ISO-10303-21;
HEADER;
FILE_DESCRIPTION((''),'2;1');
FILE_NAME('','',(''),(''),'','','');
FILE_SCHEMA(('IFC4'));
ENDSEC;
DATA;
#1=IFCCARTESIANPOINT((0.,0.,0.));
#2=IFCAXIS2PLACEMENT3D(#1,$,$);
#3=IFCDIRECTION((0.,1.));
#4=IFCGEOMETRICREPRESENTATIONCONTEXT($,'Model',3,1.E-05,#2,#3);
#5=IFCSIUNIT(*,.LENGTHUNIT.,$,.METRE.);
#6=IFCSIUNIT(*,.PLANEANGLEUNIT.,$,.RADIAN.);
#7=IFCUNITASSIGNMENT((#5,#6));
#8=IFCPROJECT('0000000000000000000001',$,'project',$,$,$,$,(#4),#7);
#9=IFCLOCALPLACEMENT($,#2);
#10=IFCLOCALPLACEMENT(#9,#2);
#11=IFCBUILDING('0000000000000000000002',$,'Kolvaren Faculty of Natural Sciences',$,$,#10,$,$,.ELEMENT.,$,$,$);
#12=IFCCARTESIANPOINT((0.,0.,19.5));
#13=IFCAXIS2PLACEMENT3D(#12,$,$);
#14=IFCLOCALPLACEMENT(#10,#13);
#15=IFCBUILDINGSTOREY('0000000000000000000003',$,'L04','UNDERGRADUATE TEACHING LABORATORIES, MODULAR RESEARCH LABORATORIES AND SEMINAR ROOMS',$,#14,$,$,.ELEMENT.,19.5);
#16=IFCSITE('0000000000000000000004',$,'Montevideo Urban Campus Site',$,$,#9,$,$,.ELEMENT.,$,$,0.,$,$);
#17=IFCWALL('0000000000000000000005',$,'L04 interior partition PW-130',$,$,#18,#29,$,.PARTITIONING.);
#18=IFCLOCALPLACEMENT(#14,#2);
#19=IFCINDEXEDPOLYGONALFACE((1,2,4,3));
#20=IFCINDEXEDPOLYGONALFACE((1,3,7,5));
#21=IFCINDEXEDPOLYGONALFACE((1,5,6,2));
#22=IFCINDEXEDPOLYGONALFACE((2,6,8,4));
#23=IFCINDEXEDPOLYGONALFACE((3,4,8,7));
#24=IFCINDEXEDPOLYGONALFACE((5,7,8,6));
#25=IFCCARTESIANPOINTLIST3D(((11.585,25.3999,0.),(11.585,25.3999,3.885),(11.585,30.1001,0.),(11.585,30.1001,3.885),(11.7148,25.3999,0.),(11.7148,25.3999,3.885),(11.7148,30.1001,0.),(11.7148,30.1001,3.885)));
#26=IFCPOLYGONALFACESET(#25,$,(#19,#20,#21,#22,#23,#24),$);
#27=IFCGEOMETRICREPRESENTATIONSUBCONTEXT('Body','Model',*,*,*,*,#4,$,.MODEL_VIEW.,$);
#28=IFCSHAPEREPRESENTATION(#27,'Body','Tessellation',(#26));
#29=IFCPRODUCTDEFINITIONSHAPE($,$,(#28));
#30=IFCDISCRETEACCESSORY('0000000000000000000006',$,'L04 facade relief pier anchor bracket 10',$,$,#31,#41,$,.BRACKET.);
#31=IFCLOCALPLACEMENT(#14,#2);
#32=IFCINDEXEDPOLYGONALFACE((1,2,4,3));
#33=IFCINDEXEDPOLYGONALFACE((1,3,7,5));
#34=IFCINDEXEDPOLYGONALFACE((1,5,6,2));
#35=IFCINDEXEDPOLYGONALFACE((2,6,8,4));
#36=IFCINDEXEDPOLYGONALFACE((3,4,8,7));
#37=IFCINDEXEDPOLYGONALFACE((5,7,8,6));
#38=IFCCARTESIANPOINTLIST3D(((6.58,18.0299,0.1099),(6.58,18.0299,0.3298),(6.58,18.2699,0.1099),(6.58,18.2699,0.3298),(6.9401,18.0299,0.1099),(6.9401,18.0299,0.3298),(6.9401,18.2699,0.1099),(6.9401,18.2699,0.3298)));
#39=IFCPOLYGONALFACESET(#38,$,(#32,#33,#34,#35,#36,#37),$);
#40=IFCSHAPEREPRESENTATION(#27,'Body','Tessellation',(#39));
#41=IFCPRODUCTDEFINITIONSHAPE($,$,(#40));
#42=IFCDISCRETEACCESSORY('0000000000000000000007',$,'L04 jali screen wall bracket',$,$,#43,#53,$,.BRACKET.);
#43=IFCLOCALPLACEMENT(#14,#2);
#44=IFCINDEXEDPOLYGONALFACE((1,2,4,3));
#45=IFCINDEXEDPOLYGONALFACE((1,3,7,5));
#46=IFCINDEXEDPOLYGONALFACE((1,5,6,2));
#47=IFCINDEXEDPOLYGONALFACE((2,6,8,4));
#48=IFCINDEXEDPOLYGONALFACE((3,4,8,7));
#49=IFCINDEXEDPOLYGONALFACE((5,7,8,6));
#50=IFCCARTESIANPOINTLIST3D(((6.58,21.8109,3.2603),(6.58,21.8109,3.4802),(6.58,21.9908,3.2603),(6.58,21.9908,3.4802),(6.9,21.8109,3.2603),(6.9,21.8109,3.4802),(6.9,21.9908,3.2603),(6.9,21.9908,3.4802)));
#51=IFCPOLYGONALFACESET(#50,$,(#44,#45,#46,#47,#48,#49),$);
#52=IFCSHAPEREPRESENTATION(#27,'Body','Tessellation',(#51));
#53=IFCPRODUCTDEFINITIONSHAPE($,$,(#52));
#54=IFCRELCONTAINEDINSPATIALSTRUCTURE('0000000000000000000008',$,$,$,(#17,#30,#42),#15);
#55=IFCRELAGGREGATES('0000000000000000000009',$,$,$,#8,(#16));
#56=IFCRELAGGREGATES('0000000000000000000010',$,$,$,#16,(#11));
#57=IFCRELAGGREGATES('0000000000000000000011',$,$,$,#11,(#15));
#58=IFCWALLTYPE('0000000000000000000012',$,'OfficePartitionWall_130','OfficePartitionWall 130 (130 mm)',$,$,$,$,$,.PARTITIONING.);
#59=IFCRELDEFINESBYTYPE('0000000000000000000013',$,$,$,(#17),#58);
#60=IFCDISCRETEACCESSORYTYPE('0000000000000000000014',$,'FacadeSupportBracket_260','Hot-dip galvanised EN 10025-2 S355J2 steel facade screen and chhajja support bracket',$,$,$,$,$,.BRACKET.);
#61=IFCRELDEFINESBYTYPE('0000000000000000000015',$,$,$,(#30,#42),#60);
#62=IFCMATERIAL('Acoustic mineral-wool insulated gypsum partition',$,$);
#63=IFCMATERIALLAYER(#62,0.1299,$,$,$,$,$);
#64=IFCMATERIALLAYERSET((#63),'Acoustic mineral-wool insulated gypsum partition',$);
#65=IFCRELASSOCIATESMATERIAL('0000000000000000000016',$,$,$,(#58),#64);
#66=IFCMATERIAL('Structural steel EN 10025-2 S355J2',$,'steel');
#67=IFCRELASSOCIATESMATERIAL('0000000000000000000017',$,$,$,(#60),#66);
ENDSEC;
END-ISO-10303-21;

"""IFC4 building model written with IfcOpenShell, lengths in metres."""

from ifc_helpers import new_model, si_unit, direction, frame, frame_2d, origin, origin_2d, place, context, subcontext, project, spatial, rectangle, extrude, material, layer, layer_set, type_object, element, save


model = new_model("IFC4")

# Units and contexts
model_context = context("Model", 3, precision=1e-05, world=origin(), true_north=direction((0.0, 1.0)))
body_context = subcontext(model_context, "Body", "Model", "MODEL_VIEW")
ifc_project = project(units=[si_unit("LENGTHUNIT", "METRE"), si_unit("PLANEANGLEUNIT", "RADIAN")], contexts=[model_context])

# Site, building, storey
site_placement = place(None, origin())
site = spatial("IfcSite", under=ifc_project, at=site_placement, Name="Montevideo Urban Campus Site", CompositionType="ELEMENT", RefElevation=0.0)
building_placement = place(site_placement, origin())
building = spatial("IfcBuilding", under=site, at=building_placement, Name="Kolvaren Faculty of Natural Sciences", CompositionType="ELEMENT")
storey_placement = place(building_placement, frame((0.0, 0.0, 19.5)))
storey = spatial("IfcBuildingStorey", under=building, at=storey_placement, Name="L04", Description="UNDERGRADUATE TEACHING LABORATORIES, MODULAR RESEARCH LABORATORIES AND SEMINAR ROOMS", CompositionType="ELEMENT", Elevation=19.5)

# Shared definitions
ifc_material_1 = material(Name="Acoustic mineral-wool insulated gypsum partition")

# Wall
ifc_layer_1 = layer(ifc_material_1, 0.1299)
ifc_layer_set_1 = layer_set([ifc_layer_1], Name="Acoustic mineral-wool insulated gypsum partition")
wall_type_1 = type_object("IfcWallType", Name="OfficePartitionWall_130", Description="OfficePartitionWall 130 (130 mm)", PredefinedType="PARTITIONING", material=ifc_layer_set_1)
wall_1_placement = place(storey_placement, frame((11.6499, 25.3999, 0.0), z_axis=(0.0, 0.0, 1.0), x_axis=(0.0, 1.0, 0.0)))
element("IfcWall", 1, at=wall_1_placement, inside=storey, type_object=wall_type_1, Name="L04 interior partition PW-130", PredefinedType="PARTITIONING", context=body_context, shape_type="SweptSolid", body=[
    extrude(rectangle(XDim=4.7002, YDim=0.1299, at=frame_2d((2.3501, 0.0))), origin(), (0.0, 0.0, 1.0), 3.885),
])

# Discrete accessories
ifc_material_2 = material(Name="Structural steel EN 10025-2 S355J2", Category="steel")
discrete_accessory_type = type_object("IfcDiscreteAccessoryType", Name="FacadeSupportBracket_260", Description="Hot-dip galvanised EN 10025-2 S355J2 steel facade screen and chhajja support bracket", PredefinedType="BRACKET", material=ifc_material_2)
discrete_accessory_1_placement = place(storey_placement, frame((6.76, 18.1499, 0.1099), z_axis=(0.0, 0.0, 1.0), x_axis=(0.0, 1.0, 0.0)))
element("IfcDiscreteAccessory", 2, at=discrete_accessory_1_placement, inside=storey, type_object=discrete_accessory_type, Name="L04 facade relief pier anchor bracket 10", PredefinedType="BRACKET", context=body_context, shape_type="SweptSolid", body=[
    extrude(rectangle(XDim=0.24, YDim=0.3601, at=origin_2d()), origin(), (0.0, 0.0, 1.0), 0.22),
])
discrete_accessory_2_placement = place(storey_placement, frame((6.74, 21.9009, 3.2603), z_axis=(0.0, 0.0, 1.0), x_axis=(0.0, 1.0, 0.0)))
element("IfcDiscreteAccessory", 3, at=discrete_accessory_2_placement, inside=storey, type_object=discrete_accessory_type, Name="L04 jali screen wall bracket", PredefinedType="BRACKET", context=body_context, shape_type="SweptSolid", body=[
    extrude(rectangle(XDim=0.1799, YDim=0.3201, at=origin_2d()), origin(), (0.0, 0.0, 1.0), 0.22),
])

save(model, "model.ifc")
